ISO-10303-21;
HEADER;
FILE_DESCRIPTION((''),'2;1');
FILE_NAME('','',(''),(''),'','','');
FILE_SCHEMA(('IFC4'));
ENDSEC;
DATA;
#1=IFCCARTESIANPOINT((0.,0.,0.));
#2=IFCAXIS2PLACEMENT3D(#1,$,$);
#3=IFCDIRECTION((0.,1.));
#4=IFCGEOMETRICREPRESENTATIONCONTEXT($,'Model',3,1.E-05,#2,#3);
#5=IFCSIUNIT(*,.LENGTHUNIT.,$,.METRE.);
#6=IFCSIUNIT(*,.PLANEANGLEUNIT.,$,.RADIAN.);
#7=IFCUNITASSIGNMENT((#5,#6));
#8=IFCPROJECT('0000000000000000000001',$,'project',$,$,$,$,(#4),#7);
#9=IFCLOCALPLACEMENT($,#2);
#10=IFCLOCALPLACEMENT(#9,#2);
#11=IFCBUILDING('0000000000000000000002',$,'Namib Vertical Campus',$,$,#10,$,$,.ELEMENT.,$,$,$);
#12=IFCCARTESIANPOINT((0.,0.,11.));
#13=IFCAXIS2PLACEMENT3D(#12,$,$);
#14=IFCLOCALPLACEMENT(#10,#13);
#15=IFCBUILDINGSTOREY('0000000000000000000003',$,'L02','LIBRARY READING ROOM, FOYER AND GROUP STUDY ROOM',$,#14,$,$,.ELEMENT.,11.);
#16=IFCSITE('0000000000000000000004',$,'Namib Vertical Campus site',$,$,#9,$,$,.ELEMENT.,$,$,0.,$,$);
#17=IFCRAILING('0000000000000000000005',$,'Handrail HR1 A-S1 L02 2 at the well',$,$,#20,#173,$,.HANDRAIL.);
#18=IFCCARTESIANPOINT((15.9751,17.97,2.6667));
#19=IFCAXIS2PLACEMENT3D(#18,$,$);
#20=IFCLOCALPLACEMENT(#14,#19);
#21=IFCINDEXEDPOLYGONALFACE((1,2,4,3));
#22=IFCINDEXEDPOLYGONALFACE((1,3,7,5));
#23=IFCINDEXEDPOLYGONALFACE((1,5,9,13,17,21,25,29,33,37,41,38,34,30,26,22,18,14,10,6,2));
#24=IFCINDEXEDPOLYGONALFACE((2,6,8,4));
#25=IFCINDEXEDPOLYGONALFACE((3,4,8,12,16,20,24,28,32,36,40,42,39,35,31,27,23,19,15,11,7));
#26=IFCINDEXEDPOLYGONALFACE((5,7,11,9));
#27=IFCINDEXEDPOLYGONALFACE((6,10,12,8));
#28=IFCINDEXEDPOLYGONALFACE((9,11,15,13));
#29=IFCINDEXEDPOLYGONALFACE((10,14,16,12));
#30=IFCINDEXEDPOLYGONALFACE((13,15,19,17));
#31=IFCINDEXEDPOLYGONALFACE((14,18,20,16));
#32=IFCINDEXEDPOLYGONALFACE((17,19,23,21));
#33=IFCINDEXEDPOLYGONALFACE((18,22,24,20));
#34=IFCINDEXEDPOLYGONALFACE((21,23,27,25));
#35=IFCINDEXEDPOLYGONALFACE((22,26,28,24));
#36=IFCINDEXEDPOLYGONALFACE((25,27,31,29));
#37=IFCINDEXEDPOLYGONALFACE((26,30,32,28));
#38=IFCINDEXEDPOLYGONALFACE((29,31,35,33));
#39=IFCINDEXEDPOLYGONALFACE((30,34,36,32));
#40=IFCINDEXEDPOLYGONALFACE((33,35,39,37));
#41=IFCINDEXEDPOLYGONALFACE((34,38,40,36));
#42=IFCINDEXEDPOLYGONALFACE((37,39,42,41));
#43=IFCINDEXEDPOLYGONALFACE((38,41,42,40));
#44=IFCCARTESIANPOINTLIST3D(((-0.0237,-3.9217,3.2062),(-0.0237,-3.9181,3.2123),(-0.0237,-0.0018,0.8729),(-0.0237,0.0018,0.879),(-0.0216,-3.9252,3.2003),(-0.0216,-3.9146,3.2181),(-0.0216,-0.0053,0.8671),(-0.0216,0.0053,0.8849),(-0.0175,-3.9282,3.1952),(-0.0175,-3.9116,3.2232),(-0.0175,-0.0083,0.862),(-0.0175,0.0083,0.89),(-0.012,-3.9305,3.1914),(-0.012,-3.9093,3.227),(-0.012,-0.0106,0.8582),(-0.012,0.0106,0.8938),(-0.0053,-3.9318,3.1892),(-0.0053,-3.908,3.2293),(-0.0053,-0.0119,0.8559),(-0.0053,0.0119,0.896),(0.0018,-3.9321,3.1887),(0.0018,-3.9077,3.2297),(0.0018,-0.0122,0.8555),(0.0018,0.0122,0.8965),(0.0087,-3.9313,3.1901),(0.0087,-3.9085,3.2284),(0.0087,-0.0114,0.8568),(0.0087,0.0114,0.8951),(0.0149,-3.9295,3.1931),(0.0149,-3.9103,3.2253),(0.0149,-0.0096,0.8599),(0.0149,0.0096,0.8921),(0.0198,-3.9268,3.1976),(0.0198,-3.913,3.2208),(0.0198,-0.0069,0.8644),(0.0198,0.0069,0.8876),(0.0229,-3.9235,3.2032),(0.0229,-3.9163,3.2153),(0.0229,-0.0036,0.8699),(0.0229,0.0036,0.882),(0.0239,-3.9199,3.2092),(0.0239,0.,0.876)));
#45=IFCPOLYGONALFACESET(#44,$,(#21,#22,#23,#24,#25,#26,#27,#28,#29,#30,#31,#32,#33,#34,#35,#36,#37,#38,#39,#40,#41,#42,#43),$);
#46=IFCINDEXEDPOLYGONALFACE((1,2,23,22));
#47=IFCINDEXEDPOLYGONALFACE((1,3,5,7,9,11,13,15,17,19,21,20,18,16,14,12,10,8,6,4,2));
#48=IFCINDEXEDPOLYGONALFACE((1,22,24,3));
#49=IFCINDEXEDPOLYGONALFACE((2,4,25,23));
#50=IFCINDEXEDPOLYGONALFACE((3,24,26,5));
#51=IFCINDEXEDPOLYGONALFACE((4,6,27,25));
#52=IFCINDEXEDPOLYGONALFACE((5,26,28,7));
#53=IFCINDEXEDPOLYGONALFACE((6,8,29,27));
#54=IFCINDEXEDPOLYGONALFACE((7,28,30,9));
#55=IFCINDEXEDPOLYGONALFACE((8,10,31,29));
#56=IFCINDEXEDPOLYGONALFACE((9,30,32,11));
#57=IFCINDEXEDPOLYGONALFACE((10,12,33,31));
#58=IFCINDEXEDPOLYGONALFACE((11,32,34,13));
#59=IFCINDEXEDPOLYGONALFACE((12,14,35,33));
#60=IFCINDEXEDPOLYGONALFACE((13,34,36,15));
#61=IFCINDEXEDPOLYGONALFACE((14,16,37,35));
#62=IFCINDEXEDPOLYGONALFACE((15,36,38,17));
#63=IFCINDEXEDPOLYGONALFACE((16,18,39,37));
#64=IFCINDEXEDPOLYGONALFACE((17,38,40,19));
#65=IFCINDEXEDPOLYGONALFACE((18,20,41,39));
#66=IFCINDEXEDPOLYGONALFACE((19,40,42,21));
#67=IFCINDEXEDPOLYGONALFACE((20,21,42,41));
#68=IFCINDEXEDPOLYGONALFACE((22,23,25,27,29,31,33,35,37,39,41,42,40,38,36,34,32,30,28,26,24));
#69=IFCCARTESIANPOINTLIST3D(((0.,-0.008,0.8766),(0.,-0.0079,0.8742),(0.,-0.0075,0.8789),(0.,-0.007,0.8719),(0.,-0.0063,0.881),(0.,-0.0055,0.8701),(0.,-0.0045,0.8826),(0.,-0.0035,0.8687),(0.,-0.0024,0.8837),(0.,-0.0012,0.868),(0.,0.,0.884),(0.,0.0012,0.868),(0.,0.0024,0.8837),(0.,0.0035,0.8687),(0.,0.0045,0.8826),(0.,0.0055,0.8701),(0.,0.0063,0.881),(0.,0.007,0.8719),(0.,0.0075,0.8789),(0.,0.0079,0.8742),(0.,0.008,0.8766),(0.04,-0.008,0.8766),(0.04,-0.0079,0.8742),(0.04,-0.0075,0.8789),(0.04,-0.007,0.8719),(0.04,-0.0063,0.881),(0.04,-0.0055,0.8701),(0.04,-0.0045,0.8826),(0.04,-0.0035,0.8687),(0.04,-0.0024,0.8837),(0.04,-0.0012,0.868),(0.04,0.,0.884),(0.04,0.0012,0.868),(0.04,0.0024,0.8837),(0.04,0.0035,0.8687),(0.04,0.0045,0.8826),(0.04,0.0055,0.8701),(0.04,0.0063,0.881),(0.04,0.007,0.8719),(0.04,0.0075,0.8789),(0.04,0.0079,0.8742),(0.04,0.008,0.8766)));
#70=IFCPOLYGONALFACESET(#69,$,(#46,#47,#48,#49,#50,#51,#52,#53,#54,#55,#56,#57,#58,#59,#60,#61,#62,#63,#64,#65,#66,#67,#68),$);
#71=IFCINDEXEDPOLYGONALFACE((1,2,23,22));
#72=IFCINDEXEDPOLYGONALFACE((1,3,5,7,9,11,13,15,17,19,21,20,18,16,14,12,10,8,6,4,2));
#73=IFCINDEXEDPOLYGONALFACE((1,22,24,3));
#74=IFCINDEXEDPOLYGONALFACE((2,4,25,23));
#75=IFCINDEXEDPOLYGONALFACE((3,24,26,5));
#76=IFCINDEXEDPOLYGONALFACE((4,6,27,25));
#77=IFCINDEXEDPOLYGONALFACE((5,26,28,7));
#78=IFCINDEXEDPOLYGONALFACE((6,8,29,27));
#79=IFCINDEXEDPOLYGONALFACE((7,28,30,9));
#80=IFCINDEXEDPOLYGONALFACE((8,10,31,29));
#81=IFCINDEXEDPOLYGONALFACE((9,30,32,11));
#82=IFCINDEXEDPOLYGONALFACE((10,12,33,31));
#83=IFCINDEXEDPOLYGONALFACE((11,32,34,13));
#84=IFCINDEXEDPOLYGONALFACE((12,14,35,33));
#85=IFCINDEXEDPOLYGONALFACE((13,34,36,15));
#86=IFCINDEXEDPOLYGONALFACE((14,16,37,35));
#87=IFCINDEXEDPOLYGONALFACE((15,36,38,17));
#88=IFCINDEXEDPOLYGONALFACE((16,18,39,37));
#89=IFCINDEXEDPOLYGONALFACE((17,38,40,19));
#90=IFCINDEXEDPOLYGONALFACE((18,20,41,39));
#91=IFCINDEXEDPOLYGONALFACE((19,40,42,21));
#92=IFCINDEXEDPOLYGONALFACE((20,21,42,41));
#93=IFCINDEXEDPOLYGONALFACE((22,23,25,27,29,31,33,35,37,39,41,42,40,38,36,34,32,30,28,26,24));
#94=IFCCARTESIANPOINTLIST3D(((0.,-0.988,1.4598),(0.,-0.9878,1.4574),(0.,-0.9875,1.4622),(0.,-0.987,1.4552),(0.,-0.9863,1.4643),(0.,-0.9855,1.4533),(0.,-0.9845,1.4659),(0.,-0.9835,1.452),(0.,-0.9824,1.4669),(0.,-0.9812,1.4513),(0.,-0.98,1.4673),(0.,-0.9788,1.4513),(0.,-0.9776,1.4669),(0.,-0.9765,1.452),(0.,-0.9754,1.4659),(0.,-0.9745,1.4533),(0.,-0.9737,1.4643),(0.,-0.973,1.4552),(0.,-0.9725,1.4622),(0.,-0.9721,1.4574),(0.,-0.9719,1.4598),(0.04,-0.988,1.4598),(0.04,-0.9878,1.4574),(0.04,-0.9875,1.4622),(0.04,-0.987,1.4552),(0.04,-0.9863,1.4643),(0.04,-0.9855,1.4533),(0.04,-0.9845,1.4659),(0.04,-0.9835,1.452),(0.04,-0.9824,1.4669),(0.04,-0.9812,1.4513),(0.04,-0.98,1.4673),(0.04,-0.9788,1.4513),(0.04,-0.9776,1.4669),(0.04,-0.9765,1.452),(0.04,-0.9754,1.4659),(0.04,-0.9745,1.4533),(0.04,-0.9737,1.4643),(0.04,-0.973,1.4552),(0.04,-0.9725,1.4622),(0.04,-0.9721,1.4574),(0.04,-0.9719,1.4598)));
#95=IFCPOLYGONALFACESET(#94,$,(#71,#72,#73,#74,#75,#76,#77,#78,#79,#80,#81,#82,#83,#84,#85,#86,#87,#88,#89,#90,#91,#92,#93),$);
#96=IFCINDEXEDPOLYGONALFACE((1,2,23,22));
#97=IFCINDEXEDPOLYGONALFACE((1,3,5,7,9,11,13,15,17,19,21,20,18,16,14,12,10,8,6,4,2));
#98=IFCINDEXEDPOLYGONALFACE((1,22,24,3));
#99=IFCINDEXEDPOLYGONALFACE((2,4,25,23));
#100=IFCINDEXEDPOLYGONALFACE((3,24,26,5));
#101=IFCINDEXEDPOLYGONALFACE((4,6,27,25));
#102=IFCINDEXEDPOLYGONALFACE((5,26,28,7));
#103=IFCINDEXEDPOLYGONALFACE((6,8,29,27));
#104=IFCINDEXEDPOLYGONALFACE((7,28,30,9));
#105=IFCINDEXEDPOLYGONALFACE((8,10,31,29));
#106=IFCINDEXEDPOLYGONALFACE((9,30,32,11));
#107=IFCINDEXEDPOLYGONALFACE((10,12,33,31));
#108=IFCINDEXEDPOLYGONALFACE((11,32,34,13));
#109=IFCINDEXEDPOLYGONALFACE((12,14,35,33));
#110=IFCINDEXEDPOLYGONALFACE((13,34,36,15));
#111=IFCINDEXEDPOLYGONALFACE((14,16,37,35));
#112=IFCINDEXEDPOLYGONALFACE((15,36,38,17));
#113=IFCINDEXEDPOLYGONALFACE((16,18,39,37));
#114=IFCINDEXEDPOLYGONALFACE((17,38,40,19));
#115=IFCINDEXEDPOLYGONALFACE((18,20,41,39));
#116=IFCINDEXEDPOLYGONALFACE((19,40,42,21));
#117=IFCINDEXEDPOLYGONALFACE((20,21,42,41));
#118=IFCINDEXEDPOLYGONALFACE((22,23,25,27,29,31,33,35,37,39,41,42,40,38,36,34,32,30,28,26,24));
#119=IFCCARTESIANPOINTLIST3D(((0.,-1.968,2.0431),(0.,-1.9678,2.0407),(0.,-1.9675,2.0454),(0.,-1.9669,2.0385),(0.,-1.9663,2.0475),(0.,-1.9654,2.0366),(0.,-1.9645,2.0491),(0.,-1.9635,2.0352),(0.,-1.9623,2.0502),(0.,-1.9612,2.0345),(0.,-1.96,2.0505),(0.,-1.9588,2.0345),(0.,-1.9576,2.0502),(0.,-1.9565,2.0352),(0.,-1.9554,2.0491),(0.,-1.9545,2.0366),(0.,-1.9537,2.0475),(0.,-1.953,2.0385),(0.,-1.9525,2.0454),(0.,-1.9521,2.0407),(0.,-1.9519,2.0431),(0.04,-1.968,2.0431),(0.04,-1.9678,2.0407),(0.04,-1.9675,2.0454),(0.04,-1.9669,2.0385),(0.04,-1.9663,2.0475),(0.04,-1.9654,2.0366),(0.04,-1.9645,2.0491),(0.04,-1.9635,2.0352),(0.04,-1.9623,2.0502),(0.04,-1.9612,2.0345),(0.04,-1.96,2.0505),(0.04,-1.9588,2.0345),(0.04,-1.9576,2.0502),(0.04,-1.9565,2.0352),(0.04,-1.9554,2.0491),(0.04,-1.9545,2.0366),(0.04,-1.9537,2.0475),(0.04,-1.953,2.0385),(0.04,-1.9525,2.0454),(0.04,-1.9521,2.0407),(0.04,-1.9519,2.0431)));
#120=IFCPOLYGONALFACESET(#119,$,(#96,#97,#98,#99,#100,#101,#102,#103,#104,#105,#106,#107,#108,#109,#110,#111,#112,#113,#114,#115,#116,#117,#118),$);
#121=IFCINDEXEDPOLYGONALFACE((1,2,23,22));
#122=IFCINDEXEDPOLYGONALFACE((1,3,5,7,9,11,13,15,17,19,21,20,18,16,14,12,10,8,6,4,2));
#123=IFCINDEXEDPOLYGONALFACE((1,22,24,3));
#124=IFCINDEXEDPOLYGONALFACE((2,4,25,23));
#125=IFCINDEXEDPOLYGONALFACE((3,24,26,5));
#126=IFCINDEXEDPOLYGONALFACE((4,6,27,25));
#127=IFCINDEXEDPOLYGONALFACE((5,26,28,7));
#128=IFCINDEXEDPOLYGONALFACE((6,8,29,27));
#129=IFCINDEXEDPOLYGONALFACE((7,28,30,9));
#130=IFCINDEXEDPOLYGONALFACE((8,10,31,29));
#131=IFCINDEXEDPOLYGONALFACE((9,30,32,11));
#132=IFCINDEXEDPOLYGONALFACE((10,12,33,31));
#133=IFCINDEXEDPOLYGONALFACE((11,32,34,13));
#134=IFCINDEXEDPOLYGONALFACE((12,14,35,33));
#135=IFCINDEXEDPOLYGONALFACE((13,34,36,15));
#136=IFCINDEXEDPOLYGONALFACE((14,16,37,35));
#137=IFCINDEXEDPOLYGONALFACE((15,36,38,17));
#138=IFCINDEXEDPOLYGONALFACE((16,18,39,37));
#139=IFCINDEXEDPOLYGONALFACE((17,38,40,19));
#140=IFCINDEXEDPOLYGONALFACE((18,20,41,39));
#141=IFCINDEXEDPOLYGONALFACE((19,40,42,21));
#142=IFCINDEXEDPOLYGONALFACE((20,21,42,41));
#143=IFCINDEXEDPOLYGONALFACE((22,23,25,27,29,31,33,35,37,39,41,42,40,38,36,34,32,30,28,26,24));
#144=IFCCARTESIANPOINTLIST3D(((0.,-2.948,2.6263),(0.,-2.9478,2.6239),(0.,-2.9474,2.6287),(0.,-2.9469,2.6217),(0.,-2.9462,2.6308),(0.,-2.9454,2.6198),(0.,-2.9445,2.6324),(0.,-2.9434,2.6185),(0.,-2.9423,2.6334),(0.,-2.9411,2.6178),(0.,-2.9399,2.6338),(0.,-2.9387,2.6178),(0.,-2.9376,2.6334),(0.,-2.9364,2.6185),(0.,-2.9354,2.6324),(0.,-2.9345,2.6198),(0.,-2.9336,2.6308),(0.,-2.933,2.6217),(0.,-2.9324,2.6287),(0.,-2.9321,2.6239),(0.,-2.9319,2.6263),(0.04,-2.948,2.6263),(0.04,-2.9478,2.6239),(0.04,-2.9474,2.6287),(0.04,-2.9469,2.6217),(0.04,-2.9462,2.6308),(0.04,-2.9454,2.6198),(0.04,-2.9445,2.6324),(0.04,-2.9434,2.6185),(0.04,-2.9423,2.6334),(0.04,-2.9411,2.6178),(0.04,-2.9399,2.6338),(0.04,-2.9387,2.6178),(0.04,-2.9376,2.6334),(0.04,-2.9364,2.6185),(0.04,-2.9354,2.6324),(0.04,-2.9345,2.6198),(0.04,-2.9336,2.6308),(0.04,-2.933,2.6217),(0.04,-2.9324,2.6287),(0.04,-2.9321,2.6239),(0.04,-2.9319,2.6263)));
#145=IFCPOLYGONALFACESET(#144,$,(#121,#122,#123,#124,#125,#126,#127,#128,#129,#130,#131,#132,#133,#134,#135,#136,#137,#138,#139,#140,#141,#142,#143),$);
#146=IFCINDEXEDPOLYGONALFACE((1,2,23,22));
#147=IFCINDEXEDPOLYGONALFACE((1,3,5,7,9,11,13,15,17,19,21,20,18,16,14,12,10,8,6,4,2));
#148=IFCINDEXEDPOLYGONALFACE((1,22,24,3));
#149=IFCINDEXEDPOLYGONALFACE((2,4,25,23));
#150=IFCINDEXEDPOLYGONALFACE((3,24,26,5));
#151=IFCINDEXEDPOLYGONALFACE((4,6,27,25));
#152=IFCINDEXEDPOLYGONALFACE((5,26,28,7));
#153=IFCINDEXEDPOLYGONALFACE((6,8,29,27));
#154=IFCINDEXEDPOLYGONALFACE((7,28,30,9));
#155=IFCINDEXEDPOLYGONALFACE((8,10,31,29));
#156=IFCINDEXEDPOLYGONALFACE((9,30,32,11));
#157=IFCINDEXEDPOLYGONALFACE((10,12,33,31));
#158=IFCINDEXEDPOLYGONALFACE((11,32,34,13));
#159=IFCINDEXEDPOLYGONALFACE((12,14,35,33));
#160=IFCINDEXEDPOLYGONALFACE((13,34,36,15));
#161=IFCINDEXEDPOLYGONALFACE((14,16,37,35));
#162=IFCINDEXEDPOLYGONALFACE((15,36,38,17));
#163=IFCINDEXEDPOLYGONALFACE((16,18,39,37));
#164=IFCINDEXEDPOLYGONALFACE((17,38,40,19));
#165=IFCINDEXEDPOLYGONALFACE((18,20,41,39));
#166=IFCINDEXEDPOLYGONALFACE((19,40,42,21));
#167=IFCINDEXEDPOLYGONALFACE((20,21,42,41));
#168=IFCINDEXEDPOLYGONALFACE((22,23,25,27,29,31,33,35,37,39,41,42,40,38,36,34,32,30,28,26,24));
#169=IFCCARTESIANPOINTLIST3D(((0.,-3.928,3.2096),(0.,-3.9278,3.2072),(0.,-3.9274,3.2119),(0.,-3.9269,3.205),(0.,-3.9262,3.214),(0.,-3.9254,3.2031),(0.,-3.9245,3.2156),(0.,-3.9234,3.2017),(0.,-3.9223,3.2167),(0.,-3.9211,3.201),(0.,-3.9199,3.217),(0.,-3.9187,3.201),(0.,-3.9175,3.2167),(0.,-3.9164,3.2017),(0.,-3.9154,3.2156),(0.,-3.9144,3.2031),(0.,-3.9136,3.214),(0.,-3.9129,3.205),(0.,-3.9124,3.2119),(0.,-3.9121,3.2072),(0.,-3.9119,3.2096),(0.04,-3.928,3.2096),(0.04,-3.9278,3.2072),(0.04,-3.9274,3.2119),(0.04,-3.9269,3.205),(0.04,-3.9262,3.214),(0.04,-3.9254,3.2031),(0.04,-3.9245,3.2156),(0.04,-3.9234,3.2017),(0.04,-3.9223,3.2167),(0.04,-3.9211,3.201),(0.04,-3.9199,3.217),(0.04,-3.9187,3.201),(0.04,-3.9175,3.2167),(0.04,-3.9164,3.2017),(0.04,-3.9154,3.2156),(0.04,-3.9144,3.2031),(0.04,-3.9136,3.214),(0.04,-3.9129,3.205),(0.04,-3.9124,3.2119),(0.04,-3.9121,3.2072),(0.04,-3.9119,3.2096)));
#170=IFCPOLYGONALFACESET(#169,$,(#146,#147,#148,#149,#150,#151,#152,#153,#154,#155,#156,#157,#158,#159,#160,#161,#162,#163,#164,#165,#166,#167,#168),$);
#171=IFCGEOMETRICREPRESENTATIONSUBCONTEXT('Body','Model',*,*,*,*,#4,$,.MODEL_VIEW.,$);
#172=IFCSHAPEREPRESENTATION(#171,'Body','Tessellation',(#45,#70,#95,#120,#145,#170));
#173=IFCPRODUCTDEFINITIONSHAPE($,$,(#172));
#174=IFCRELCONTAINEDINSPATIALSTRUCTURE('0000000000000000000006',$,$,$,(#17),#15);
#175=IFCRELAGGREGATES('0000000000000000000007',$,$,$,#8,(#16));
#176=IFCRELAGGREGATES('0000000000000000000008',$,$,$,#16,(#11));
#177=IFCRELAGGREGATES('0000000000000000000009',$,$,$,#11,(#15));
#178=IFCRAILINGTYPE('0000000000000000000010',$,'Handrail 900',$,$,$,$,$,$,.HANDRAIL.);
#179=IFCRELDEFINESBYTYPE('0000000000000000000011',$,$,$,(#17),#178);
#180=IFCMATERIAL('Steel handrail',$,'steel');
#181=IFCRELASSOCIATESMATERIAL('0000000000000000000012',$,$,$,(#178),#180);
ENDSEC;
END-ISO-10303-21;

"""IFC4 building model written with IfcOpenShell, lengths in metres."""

from ifc_helpers import new_model, si_unit, direction, frame, origin, origin_2d, place, context, subcontext, project, spatial, circle, extrude, material, type_object, element, save


model = new_model("IFC4")

# Units and contexts
model_context = context("Model", 3, precision=1e-05, world=origin(), true_north=direction((0.0, 1.0)))
body_context = subcontext(model_context, "Body", "Model", "MODEL_VIEW")
ifc_project = project(units=[si_unit("LENGTHUNIT", "METRE"), si_unit("PLANEANGLEUNIT", "RADIAN")], contexts=[model_context])

# Site, building, storey
site_placement = place(None, origin())
site = spatial("IfcSite", under=ifc_project, at=site_placement, Name="Namib Vertical Campus site", CompositionType="ELEMENT", RefElevation=0.0)
building_placement = place(site_placement, origin())
building = spatial("IfcBuilding", under=site, at=building_placement, Name="Namib Vertical Campus", CompositionType="ELEMENT")
storey_placement = place(building_placement, frame((0.0, 0.0, 11.0)))
storey = spatial("IfcBuildingStorey", under=building, at=storey_placement, Name="L02", Description="LIBRARY READING ROOM, FOYER AND GROUP STUDY ROOM", CompositionType="ELEMENT", Elevation=11.0)

# Railing
ifc_material_1 = material(Name="Steel handrail", Category="steel")
railing_type = type_object("IfcRailingType", Name="Handrail 900", PredefinedType="HANDRAIL", material=ifc_material_1)
railing_1_placement = place(storey_placement, frame((15.9751, 17.97, 2.6667)))
element("IfcRailing", 1, at=railing_1_placement, inside=storey, type_object=railing_type, Name="Handrail HR1 A-S1 L02 2 at the well", PredefinedType="HANDRAIL", context=body_context, shape_type="SweptSolid", body=[
    extrude(circle(Radius=0.0239, at=origin_2d()), frame((0.0, 0.0, 0.876), z_axis=(0.0, -0.859296, 0.511478), x_axis=(1.0, 0.0, 0.0)), (0.0, 0.0, 1.0), 4.5618),
    extrude(circle(Radius=0.0081, at=origin_2d()), frame((0.0, 0.0, 0.876), z_axis=(1.0, 0.0, 0.0), x_axis=(0.0, 0.0, 1.0)), (0.0, 0.0, 1.0), 0.04),
    extrude(circle(Radius=0.0081, at=origin_2d()), frame((0.0, -0.98, 1.4592), z_axis=(1.0, 0.0, 0.0), x_axis=(0.0, 0.0, 1.0)), (0.0, 0.0, 1.0), 0.04),
    extrude(circle(Radius=0.0081, at=origin_2d()), frame((0.0, -1.96, 2.0425), z_axis=(1.0, 0.0, 0.0), x_axis=(0.0, 0.0, 1.0)), (0.0, 0.0, 1.0), 0.04),
    extrude(circle(Radius=0.0081, at=origin_2d()), frame((0.0, -2.9399, 2.6257), z_axis=(1.0, 0.0, 0.0), x_axis=(0.0, 0.0, 1.0)), (0.0, 0.0, 1.0), 0.04),
    extrude(circle(Radius=0.0081, at=origin_2d()), frame((0.0, -3.9199, 3.209), z_axis=(1.0, 0.0, 0.0), x_axis=(0.0, 0.0, 1.0)), (0.0, 0.0, 1.0), 0.04),
])

save(model, "model.ifc")
